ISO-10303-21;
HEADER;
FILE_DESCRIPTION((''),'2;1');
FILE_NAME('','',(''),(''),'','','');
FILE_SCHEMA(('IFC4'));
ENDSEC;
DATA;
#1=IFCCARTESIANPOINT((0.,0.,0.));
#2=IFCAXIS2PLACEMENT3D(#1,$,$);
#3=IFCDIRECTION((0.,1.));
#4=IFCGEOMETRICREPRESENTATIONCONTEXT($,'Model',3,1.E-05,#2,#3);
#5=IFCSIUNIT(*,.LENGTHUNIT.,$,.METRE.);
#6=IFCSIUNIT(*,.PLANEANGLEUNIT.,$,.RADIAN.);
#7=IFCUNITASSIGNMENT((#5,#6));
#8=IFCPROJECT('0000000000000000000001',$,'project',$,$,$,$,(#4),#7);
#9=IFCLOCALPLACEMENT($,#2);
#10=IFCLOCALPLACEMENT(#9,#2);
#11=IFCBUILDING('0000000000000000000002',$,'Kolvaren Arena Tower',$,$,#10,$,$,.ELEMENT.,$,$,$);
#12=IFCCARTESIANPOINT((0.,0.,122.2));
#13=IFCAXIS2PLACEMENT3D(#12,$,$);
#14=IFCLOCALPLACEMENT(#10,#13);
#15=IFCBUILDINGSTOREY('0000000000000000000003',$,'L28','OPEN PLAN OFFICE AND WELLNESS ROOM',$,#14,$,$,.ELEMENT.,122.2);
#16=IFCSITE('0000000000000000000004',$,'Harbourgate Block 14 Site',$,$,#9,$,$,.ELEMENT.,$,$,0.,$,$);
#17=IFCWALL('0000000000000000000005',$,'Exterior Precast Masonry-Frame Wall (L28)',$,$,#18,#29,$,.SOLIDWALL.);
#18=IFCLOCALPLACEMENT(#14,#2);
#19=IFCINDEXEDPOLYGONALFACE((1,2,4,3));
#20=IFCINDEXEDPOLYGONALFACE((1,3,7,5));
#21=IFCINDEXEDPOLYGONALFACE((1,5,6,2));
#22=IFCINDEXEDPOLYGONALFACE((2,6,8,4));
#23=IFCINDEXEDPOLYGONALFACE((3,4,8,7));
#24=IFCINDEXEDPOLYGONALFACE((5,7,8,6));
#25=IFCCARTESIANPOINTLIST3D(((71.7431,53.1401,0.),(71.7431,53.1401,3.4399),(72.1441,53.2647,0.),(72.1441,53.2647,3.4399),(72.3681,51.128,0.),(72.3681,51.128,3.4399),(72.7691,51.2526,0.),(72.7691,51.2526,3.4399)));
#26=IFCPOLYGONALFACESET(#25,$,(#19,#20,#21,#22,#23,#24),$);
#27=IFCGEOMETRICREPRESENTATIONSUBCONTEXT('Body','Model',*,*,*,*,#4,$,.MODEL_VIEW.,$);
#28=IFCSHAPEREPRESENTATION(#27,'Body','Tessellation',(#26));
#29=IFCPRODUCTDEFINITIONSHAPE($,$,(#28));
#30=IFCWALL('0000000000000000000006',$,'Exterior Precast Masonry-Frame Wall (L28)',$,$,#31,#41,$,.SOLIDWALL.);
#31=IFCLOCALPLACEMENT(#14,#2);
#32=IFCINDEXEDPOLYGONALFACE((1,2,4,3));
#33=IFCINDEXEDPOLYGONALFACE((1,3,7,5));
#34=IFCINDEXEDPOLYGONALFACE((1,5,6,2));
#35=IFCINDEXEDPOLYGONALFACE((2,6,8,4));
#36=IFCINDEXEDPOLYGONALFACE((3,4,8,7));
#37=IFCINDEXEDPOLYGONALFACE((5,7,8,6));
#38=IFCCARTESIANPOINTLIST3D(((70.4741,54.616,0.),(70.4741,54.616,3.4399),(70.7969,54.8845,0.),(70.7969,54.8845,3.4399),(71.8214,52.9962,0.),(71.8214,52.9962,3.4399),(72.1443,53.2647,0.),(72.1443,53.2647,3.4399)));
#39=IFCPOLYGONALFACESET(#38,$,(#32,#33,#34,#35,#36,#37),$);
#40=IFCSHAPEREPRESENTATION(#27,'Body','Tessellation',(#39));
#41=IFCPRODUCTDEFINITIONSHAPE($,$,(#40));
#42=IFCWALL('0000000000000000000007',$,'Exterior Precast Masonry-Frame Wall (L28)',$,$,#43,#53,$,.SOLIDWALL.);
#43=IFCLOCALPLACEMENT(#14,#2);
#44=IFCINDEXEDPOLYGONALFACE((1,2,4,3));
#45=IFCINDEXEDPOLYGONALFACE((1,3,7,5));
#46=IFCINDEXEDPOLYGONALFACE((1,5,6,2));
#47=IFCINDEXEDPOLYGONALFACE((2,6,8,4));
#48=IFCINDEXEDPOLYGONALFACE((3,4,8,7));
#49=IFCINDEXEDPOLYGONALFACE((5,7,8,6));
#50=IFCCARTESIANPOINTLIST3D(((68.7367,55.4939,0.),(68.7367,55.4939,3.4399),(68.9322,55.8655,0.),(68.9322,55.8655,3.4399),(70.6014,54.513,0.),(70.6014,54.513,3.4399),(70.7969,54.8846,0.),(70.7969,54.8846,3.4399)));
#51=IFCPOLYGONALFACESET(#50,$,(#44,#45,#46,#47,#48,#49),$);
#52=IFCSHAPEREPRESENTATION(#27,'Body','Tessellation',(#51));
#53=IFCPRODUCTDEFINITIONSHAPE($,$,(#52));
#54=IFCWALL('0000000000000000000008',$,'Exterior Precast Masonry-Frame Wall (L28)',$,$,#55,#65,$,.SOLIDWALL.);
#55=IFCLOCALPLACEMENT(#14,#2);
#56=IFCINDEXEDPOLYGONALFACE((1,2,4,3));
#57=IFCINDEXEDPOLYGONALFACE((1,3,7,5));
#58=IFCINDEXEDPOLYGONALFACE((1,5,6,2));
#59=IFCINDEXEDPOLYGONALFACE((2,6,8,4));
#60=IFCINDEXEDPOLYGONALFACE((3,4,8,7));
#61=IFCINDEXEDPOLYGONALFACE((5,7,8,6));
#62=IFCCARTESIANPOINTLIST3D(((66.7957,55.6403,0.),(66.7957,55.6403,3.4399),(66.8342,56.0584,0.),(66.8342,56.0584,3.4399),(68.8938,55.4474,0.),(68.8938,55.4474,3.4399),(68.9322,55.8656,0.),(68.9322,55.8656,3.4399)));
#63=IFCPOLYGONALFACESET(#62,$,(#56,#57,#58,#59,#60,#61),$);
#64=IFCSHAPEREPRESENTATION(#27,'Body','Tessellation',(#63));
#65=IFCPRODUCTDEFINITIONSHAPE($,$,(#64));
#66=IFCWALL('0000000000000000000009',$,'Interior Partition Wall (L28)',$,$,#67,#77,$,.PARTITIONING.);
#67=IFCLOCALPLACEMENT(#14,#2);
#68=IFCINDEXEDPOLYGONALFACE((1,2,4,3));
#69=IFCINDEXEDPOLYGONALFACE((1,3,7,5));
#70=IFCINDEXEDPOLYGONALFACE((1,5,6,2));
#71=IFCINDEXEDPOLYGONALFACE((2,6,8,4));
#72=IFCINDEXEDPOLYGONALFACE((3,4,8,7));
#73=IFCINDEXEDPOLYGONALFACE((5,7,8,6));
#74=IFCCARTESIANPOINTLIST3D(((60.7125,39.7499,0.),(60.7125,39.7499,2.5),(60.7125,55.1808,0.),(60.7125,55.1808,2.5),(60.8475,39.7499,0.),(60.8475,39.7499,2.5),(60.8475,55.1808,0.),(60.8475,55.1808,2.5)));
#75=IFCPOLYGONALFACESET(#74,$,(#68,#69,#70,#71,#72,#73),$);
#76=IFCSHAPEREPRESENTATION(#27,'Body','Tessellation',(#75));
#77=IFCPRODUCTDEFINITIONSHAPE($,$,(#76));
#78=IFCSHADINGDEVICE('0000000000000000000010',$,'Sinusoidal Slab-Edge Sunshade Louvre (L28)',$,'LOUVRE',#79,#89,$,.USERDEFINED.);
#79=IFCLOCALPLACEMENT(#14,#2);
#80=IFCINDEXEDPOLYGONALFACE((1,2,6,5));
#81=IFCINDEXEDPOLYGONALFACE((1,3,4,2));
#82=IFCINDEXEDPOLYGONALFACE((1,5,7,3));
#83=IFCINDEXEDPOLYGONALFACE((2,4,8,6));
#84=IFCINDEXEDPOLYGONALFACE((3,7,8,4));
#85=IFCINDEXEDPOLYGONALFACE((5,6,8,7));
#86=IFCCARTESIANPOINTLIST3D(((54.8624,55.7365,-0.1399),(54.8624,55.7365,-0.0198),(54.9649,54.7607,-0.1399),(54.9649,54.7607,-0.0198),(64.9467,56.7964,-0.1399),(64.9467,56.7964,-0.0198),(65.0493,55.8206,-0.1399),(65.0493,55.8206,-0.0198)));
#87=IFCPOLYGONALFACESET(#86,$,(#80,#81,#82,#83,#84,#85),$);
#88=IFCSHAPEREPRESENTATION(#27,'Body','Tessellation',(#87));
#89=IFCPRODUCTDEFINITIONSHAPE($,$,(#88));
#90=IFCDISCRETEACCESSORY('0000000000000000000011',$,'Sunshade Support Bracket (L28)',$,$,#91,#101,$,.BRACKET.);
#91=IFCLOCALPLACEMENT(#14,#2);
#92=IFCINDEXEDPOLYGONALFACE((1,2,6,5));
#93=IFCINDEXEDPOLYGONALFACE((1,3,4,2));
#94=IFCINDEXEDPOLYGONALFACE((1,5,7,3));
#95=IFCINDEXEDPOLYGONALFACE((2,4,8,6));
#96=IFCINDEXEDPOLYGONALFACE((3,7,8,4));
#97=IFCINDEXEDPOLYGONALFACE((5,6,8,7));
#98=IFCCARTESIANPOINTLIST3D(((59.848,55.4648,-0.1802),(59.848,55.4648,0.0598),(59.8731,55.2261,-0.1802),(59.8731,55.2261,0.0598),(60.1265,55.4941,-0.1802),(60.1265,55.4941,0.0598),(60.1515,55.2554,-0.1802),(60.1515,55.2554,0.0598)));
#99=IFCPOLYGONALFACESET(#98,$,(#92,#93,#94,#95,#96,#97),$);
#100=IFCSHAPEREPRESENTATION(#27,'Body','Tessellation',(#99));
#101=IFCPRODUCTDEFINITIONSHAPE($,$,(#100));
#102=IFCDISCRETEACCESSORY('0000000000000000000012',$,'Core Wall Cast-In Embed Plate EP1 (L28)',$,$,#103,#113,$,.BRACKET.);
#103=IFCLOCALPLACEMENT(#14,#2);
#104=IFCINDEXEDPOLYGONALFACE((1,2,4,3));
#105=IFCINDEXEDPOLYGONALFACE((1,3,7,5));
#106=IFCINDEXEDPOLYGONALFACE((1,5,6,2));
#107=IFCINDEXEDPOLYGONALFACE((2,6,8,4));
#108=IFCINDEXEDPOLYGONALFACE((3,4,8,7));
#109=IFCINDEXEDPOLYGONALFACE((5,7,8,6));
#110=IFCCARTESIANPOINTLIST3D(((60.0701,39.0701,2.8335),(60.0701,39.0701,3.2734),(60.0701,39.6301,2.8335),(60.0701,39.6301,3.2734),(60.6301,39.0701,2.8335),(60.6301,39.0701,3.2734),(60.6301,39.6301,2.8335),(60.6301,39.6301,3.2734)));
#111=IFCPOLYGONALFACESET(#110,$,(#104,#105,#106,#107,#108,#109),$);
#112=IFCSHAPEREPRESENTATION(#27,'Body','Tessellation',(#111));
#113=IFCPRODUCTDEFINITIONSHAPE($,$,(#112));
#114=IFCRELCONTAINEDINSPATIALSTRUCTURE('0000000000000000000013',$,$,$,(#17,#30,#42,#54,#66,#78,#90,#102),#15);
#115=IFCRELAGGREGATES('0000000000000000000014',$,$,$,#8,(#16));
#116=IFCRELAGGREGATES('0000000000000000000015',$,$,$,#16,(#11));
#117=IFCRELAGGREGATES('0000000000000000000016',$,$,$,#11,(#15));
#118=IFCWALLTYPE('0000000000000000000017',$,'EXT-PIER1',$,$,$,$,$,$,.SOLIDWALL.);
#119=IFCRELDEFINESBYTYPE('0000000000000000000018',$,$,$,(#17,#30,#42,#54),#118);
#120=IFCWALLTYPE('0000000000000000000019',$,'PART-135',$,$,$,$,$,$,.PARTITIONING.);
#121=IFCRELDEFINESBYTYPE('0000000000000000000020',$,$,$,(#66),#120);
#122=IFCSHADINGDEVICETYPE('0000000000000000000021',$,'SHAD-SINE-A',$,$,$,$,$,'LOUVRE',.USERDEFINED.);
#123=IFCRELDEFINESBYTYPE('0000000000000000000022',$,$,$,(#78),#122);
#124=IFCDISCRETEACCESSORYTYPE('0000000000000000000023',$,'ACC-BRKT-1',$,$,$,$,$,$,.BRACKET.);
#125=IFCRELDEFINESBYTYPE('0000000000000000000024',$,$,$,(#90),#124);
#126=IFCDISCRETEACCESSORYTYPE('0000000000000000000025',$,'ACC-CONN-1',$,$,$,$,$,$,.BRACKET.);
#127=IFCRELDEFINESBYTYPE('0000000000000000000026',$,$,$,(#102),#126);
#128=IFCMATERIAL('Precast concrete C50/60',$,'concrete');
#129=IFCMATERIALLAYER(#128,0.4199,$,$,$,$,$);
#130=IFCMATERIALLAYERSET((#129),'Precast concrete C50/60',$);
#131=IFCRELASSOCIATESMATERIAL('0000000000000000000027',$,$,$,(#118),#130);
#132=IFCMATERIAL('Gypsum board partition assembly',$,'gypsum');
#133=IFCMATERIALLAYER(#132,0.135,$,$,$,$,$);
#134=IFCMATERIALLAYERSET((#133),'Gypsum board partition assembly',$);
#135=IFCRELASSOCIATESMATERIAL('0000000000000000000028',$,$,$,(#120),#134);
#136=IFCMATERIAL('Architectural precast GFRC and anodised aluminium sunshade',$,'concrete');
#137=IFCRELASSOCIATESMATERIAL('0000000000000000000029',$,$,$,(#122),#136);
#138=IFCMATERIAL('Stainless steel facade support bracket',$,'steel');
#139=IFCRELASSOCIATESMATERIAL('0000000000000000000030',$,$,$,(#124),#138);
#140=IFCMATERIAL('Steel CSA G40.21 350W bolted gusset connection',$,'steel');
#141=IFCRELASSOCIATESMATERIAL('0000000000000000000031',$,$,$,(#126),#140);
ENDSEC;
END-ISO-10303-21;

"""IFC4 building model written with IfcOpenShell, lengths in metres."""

from ifc_helpers import new_model, si_unit, direction, frame, frame_2d, origin, origin_2d, place, context, subcontext, project, spatial, rectangle, extrude, material, layer, layer_set, type_object, element, save


model = new_model("IFC4")

# Units and contexts
model_context = context("Model", 3, precision=1e-05, world=origin(), true_north=direction((0.0, 1.0)))
body_context = subcontext(model_context, "Body", "Model", "MODEL_VIEW")
ifc_project = project(units=[si_unit("LENGTHUNIT", "METRE"), si_unit("PLANEANGLEUNIT", "RADIAN")], contexts=[model_context])

# Site, building, storey
site_placement = place(None, origin())
site = spatial("IfcSite", under=ifc_project, at=site_placement, Name="Harbourgate Block 14 Site", CompositionType="ELEMENT", RefElevation=0.0)
building_placement = place(site_placement, origin())
building = spatial("IfcBuilding", under=site, at=building_placement, Name="Kolvaren Arena Tower", CompositionType="ELEMENT")
storey_placement = place(building_placement, frame((0.0, 0.0, 122.2)))
storey = spatial("IfcBuildingStorey", under=building, at=storey_placement, Name="L28", Description="OPEN PLAN OFFICE AND WELLNESS ROOM", CompositionType="ELEMENT", Elevation=122.2)

# Shared definitions
ifc_material_1 = material(Name="Precast concrete C50/60", Category="concrete")
ifc_layer_1 = layer(ifc_material_1, 0.4199)
ifc_layer_set_1 = layer_set([ifc_layer_1], Name="Precast concrete C50/60")
wall_type_1 = type_object("IfcWallType", Name="EXT-PIER1", PredefinedType="SOLIDWALL", material=ifc_layer_set_1)

# Walls
for number, where, z_axis, x_axis, name in (
    (1, (71.9436, 53.2024, 0.0), (0.0, 0.0, 1.0), (0.296625, -0.954994, 0.0), "Exterior Precast Masonry-Frame Wall (L28)"),
    (2, (70.6355, 54.7502, 0.0), (0.0, 0.0, 1.0), (0.639489, -0.7688, 0.0), "Exterior Precast Masonry-Frame Wall (L28)"),
    (3, (68.8345, 55.6797, 0.0), (0.0, 0.0, 1.0), (0.885014, -0.465565, 0.0), "Exterior Precast Masonry-Frame Wall (L28)"),
    (4, (66.8149, 55.8494, 0.0), (0.0, 0.0, 1.0), (0.995802, -0.091539, 0.0), "Exterior Precast Masonry-Frame Wall (L28)"),
):
    element("IfcWall", number, at=place(storey_placement, frame(where, z_axis=z_axis, x_axis=x_axis)), inside=storey, type_object=wall_type_1, Name=name, PredefinedType="SOLIDWALL", context=body_context, shape_type="SweptSolid", body=[
        extrude(rectangle(XDim=2.1069, YDim=0.4199, at=frame_2d((1.0535, 0.0))), origin(), (0.0, 0.0, 1.0), 3.4399),
    ])
ifc_material_2 = material(Name="Gypsum board partition assembly", Category="gypsum")
ifc_layer_2 = layer(ifc_material_2, 0.135)
ifc_layer_set_2 = layer_set([ifc_layer_2], Name="Gypsum board partition assembly")
wall_type_2 = type_object("IfcWallType", Name="PART-135", PredefinedType="PARTITIONING", material=ifc_layer_set_2)
wall_1_placement = place(storey_placement, frame((60.78, 39.75, 0.0), z_axis=(0.0, 0.0, 1.0), x_axis=(0.0, 1.0, 0.0)))
element("IfcWall", 5, at=wall_1_placement, inside=storey, type_object=wall_type_2, Name="Interior Partition Wall (L28)", PredefinedType="PARTITIONING", context=body_context, shape_type="SweptSolid", body=[
    extrude(rectangle(XDim=15.4309, YDim=0.135, at=frame_2d((7.7153, 0.0))), origin(), (0.0, 0.0, 1.0), 2.5),
])

# Shading device
ifc_material_3 = material(Name="Architectural precast GFRC and anodised aluminium sunshade", Category="concrete")
shading_device_type = type_object("IfcShadingDeviceType", Name="SHAD-SINE-A", ElementType="LOUVRE", PredefinedType="USERDEFINED", material=ifc_material_3)
shading_device_placement = place(storey_placement, frame((59.9558, 55.7786, -0.1399), z_axis=(0.0, 0.0, 1.0), x_axis=(0.994522, 0.104527, 0.0)))
element("IfcShadingDevice", 6, at=shading_device_placement, inside=storey, type_object=shading_device_type, Name="Sinusoidal Slab-Edge Sunshade Louvre (L28)", ObjectType="LOUVRE", PredefinedType="USERDEFINED", context=body_context, shape_type="SweptSolid", body=[
    extrude(rectangle(XDim=10.1399, YDim=0.9812, at=origin_2d()), origin(), (0.0, 0.0, 1.0), 0.1201),
])

# Discrete accessories
ifc_material_4 = material(Name="Stainless steel facade support bracket", Category="steel")
discrete_accessory_type_1 = type_object("IfcDiscreteAccessoryType", Name="ACC-BRKT-1", PredefinedType="BRACKET", material=ifc_material_4)
discrete_accessory_1_placement = place(storey_placement, frame((59.9998, 55.3601, -0.1802), z_axis=(0.0, 0.0, 1.0), x_axis=(0.994522, 0.104527, 0.0)))
element("IfcDiscreteAccessory", 7, at=discrete_accessory_1_placement, inside=storey, type_object=discrete_accessory_type_1, Name="Sunshade Support Bracket (L28)", PredefinedType="BRACKET", context=body_context, shape_type="SweptSolid", body=[
    extrude(rectangle(XDim=0.28, YDim=0.24, at=origin_2d()), origin(), (0.0, 0.0, 1.0), 0.24),
])
ifc_material_5 = material(Name="Steel CSA G40.21 350W bolted gusset connection", Category="steel")
discrete_accessory_type_2 = type_object("IfcDiscreteAccessoryType", Name="ACC-CONN-1", PredefinedType="BRACKET", material=ifc_material_5)
discrete_accessory_2_placement = place(storey_placement, frame((60.3501, 39.3501, 2.8335), z_axis=(0.0, 0.0, 1.0), x_axis=(1.0, 0.0, 0.0)))
element("IfcDiscreteAccessory", 8, at=discrete_accessory_2_placement, inside=storey, type_object=discrete_accessory_type_2, Name="Core Wall Cast-In Embed Plate EP1 (L28)", PredefinedType="BRACKET", context=body_context, shape_type="SweptSolid", body=[
    extrude(rectangle(XDim=0.5601, YDim=0.5601, at=origin_2d()), origin(), (0.0, 0.0, 1.0), 0.4399),
])

save(model, "model.ifc")
